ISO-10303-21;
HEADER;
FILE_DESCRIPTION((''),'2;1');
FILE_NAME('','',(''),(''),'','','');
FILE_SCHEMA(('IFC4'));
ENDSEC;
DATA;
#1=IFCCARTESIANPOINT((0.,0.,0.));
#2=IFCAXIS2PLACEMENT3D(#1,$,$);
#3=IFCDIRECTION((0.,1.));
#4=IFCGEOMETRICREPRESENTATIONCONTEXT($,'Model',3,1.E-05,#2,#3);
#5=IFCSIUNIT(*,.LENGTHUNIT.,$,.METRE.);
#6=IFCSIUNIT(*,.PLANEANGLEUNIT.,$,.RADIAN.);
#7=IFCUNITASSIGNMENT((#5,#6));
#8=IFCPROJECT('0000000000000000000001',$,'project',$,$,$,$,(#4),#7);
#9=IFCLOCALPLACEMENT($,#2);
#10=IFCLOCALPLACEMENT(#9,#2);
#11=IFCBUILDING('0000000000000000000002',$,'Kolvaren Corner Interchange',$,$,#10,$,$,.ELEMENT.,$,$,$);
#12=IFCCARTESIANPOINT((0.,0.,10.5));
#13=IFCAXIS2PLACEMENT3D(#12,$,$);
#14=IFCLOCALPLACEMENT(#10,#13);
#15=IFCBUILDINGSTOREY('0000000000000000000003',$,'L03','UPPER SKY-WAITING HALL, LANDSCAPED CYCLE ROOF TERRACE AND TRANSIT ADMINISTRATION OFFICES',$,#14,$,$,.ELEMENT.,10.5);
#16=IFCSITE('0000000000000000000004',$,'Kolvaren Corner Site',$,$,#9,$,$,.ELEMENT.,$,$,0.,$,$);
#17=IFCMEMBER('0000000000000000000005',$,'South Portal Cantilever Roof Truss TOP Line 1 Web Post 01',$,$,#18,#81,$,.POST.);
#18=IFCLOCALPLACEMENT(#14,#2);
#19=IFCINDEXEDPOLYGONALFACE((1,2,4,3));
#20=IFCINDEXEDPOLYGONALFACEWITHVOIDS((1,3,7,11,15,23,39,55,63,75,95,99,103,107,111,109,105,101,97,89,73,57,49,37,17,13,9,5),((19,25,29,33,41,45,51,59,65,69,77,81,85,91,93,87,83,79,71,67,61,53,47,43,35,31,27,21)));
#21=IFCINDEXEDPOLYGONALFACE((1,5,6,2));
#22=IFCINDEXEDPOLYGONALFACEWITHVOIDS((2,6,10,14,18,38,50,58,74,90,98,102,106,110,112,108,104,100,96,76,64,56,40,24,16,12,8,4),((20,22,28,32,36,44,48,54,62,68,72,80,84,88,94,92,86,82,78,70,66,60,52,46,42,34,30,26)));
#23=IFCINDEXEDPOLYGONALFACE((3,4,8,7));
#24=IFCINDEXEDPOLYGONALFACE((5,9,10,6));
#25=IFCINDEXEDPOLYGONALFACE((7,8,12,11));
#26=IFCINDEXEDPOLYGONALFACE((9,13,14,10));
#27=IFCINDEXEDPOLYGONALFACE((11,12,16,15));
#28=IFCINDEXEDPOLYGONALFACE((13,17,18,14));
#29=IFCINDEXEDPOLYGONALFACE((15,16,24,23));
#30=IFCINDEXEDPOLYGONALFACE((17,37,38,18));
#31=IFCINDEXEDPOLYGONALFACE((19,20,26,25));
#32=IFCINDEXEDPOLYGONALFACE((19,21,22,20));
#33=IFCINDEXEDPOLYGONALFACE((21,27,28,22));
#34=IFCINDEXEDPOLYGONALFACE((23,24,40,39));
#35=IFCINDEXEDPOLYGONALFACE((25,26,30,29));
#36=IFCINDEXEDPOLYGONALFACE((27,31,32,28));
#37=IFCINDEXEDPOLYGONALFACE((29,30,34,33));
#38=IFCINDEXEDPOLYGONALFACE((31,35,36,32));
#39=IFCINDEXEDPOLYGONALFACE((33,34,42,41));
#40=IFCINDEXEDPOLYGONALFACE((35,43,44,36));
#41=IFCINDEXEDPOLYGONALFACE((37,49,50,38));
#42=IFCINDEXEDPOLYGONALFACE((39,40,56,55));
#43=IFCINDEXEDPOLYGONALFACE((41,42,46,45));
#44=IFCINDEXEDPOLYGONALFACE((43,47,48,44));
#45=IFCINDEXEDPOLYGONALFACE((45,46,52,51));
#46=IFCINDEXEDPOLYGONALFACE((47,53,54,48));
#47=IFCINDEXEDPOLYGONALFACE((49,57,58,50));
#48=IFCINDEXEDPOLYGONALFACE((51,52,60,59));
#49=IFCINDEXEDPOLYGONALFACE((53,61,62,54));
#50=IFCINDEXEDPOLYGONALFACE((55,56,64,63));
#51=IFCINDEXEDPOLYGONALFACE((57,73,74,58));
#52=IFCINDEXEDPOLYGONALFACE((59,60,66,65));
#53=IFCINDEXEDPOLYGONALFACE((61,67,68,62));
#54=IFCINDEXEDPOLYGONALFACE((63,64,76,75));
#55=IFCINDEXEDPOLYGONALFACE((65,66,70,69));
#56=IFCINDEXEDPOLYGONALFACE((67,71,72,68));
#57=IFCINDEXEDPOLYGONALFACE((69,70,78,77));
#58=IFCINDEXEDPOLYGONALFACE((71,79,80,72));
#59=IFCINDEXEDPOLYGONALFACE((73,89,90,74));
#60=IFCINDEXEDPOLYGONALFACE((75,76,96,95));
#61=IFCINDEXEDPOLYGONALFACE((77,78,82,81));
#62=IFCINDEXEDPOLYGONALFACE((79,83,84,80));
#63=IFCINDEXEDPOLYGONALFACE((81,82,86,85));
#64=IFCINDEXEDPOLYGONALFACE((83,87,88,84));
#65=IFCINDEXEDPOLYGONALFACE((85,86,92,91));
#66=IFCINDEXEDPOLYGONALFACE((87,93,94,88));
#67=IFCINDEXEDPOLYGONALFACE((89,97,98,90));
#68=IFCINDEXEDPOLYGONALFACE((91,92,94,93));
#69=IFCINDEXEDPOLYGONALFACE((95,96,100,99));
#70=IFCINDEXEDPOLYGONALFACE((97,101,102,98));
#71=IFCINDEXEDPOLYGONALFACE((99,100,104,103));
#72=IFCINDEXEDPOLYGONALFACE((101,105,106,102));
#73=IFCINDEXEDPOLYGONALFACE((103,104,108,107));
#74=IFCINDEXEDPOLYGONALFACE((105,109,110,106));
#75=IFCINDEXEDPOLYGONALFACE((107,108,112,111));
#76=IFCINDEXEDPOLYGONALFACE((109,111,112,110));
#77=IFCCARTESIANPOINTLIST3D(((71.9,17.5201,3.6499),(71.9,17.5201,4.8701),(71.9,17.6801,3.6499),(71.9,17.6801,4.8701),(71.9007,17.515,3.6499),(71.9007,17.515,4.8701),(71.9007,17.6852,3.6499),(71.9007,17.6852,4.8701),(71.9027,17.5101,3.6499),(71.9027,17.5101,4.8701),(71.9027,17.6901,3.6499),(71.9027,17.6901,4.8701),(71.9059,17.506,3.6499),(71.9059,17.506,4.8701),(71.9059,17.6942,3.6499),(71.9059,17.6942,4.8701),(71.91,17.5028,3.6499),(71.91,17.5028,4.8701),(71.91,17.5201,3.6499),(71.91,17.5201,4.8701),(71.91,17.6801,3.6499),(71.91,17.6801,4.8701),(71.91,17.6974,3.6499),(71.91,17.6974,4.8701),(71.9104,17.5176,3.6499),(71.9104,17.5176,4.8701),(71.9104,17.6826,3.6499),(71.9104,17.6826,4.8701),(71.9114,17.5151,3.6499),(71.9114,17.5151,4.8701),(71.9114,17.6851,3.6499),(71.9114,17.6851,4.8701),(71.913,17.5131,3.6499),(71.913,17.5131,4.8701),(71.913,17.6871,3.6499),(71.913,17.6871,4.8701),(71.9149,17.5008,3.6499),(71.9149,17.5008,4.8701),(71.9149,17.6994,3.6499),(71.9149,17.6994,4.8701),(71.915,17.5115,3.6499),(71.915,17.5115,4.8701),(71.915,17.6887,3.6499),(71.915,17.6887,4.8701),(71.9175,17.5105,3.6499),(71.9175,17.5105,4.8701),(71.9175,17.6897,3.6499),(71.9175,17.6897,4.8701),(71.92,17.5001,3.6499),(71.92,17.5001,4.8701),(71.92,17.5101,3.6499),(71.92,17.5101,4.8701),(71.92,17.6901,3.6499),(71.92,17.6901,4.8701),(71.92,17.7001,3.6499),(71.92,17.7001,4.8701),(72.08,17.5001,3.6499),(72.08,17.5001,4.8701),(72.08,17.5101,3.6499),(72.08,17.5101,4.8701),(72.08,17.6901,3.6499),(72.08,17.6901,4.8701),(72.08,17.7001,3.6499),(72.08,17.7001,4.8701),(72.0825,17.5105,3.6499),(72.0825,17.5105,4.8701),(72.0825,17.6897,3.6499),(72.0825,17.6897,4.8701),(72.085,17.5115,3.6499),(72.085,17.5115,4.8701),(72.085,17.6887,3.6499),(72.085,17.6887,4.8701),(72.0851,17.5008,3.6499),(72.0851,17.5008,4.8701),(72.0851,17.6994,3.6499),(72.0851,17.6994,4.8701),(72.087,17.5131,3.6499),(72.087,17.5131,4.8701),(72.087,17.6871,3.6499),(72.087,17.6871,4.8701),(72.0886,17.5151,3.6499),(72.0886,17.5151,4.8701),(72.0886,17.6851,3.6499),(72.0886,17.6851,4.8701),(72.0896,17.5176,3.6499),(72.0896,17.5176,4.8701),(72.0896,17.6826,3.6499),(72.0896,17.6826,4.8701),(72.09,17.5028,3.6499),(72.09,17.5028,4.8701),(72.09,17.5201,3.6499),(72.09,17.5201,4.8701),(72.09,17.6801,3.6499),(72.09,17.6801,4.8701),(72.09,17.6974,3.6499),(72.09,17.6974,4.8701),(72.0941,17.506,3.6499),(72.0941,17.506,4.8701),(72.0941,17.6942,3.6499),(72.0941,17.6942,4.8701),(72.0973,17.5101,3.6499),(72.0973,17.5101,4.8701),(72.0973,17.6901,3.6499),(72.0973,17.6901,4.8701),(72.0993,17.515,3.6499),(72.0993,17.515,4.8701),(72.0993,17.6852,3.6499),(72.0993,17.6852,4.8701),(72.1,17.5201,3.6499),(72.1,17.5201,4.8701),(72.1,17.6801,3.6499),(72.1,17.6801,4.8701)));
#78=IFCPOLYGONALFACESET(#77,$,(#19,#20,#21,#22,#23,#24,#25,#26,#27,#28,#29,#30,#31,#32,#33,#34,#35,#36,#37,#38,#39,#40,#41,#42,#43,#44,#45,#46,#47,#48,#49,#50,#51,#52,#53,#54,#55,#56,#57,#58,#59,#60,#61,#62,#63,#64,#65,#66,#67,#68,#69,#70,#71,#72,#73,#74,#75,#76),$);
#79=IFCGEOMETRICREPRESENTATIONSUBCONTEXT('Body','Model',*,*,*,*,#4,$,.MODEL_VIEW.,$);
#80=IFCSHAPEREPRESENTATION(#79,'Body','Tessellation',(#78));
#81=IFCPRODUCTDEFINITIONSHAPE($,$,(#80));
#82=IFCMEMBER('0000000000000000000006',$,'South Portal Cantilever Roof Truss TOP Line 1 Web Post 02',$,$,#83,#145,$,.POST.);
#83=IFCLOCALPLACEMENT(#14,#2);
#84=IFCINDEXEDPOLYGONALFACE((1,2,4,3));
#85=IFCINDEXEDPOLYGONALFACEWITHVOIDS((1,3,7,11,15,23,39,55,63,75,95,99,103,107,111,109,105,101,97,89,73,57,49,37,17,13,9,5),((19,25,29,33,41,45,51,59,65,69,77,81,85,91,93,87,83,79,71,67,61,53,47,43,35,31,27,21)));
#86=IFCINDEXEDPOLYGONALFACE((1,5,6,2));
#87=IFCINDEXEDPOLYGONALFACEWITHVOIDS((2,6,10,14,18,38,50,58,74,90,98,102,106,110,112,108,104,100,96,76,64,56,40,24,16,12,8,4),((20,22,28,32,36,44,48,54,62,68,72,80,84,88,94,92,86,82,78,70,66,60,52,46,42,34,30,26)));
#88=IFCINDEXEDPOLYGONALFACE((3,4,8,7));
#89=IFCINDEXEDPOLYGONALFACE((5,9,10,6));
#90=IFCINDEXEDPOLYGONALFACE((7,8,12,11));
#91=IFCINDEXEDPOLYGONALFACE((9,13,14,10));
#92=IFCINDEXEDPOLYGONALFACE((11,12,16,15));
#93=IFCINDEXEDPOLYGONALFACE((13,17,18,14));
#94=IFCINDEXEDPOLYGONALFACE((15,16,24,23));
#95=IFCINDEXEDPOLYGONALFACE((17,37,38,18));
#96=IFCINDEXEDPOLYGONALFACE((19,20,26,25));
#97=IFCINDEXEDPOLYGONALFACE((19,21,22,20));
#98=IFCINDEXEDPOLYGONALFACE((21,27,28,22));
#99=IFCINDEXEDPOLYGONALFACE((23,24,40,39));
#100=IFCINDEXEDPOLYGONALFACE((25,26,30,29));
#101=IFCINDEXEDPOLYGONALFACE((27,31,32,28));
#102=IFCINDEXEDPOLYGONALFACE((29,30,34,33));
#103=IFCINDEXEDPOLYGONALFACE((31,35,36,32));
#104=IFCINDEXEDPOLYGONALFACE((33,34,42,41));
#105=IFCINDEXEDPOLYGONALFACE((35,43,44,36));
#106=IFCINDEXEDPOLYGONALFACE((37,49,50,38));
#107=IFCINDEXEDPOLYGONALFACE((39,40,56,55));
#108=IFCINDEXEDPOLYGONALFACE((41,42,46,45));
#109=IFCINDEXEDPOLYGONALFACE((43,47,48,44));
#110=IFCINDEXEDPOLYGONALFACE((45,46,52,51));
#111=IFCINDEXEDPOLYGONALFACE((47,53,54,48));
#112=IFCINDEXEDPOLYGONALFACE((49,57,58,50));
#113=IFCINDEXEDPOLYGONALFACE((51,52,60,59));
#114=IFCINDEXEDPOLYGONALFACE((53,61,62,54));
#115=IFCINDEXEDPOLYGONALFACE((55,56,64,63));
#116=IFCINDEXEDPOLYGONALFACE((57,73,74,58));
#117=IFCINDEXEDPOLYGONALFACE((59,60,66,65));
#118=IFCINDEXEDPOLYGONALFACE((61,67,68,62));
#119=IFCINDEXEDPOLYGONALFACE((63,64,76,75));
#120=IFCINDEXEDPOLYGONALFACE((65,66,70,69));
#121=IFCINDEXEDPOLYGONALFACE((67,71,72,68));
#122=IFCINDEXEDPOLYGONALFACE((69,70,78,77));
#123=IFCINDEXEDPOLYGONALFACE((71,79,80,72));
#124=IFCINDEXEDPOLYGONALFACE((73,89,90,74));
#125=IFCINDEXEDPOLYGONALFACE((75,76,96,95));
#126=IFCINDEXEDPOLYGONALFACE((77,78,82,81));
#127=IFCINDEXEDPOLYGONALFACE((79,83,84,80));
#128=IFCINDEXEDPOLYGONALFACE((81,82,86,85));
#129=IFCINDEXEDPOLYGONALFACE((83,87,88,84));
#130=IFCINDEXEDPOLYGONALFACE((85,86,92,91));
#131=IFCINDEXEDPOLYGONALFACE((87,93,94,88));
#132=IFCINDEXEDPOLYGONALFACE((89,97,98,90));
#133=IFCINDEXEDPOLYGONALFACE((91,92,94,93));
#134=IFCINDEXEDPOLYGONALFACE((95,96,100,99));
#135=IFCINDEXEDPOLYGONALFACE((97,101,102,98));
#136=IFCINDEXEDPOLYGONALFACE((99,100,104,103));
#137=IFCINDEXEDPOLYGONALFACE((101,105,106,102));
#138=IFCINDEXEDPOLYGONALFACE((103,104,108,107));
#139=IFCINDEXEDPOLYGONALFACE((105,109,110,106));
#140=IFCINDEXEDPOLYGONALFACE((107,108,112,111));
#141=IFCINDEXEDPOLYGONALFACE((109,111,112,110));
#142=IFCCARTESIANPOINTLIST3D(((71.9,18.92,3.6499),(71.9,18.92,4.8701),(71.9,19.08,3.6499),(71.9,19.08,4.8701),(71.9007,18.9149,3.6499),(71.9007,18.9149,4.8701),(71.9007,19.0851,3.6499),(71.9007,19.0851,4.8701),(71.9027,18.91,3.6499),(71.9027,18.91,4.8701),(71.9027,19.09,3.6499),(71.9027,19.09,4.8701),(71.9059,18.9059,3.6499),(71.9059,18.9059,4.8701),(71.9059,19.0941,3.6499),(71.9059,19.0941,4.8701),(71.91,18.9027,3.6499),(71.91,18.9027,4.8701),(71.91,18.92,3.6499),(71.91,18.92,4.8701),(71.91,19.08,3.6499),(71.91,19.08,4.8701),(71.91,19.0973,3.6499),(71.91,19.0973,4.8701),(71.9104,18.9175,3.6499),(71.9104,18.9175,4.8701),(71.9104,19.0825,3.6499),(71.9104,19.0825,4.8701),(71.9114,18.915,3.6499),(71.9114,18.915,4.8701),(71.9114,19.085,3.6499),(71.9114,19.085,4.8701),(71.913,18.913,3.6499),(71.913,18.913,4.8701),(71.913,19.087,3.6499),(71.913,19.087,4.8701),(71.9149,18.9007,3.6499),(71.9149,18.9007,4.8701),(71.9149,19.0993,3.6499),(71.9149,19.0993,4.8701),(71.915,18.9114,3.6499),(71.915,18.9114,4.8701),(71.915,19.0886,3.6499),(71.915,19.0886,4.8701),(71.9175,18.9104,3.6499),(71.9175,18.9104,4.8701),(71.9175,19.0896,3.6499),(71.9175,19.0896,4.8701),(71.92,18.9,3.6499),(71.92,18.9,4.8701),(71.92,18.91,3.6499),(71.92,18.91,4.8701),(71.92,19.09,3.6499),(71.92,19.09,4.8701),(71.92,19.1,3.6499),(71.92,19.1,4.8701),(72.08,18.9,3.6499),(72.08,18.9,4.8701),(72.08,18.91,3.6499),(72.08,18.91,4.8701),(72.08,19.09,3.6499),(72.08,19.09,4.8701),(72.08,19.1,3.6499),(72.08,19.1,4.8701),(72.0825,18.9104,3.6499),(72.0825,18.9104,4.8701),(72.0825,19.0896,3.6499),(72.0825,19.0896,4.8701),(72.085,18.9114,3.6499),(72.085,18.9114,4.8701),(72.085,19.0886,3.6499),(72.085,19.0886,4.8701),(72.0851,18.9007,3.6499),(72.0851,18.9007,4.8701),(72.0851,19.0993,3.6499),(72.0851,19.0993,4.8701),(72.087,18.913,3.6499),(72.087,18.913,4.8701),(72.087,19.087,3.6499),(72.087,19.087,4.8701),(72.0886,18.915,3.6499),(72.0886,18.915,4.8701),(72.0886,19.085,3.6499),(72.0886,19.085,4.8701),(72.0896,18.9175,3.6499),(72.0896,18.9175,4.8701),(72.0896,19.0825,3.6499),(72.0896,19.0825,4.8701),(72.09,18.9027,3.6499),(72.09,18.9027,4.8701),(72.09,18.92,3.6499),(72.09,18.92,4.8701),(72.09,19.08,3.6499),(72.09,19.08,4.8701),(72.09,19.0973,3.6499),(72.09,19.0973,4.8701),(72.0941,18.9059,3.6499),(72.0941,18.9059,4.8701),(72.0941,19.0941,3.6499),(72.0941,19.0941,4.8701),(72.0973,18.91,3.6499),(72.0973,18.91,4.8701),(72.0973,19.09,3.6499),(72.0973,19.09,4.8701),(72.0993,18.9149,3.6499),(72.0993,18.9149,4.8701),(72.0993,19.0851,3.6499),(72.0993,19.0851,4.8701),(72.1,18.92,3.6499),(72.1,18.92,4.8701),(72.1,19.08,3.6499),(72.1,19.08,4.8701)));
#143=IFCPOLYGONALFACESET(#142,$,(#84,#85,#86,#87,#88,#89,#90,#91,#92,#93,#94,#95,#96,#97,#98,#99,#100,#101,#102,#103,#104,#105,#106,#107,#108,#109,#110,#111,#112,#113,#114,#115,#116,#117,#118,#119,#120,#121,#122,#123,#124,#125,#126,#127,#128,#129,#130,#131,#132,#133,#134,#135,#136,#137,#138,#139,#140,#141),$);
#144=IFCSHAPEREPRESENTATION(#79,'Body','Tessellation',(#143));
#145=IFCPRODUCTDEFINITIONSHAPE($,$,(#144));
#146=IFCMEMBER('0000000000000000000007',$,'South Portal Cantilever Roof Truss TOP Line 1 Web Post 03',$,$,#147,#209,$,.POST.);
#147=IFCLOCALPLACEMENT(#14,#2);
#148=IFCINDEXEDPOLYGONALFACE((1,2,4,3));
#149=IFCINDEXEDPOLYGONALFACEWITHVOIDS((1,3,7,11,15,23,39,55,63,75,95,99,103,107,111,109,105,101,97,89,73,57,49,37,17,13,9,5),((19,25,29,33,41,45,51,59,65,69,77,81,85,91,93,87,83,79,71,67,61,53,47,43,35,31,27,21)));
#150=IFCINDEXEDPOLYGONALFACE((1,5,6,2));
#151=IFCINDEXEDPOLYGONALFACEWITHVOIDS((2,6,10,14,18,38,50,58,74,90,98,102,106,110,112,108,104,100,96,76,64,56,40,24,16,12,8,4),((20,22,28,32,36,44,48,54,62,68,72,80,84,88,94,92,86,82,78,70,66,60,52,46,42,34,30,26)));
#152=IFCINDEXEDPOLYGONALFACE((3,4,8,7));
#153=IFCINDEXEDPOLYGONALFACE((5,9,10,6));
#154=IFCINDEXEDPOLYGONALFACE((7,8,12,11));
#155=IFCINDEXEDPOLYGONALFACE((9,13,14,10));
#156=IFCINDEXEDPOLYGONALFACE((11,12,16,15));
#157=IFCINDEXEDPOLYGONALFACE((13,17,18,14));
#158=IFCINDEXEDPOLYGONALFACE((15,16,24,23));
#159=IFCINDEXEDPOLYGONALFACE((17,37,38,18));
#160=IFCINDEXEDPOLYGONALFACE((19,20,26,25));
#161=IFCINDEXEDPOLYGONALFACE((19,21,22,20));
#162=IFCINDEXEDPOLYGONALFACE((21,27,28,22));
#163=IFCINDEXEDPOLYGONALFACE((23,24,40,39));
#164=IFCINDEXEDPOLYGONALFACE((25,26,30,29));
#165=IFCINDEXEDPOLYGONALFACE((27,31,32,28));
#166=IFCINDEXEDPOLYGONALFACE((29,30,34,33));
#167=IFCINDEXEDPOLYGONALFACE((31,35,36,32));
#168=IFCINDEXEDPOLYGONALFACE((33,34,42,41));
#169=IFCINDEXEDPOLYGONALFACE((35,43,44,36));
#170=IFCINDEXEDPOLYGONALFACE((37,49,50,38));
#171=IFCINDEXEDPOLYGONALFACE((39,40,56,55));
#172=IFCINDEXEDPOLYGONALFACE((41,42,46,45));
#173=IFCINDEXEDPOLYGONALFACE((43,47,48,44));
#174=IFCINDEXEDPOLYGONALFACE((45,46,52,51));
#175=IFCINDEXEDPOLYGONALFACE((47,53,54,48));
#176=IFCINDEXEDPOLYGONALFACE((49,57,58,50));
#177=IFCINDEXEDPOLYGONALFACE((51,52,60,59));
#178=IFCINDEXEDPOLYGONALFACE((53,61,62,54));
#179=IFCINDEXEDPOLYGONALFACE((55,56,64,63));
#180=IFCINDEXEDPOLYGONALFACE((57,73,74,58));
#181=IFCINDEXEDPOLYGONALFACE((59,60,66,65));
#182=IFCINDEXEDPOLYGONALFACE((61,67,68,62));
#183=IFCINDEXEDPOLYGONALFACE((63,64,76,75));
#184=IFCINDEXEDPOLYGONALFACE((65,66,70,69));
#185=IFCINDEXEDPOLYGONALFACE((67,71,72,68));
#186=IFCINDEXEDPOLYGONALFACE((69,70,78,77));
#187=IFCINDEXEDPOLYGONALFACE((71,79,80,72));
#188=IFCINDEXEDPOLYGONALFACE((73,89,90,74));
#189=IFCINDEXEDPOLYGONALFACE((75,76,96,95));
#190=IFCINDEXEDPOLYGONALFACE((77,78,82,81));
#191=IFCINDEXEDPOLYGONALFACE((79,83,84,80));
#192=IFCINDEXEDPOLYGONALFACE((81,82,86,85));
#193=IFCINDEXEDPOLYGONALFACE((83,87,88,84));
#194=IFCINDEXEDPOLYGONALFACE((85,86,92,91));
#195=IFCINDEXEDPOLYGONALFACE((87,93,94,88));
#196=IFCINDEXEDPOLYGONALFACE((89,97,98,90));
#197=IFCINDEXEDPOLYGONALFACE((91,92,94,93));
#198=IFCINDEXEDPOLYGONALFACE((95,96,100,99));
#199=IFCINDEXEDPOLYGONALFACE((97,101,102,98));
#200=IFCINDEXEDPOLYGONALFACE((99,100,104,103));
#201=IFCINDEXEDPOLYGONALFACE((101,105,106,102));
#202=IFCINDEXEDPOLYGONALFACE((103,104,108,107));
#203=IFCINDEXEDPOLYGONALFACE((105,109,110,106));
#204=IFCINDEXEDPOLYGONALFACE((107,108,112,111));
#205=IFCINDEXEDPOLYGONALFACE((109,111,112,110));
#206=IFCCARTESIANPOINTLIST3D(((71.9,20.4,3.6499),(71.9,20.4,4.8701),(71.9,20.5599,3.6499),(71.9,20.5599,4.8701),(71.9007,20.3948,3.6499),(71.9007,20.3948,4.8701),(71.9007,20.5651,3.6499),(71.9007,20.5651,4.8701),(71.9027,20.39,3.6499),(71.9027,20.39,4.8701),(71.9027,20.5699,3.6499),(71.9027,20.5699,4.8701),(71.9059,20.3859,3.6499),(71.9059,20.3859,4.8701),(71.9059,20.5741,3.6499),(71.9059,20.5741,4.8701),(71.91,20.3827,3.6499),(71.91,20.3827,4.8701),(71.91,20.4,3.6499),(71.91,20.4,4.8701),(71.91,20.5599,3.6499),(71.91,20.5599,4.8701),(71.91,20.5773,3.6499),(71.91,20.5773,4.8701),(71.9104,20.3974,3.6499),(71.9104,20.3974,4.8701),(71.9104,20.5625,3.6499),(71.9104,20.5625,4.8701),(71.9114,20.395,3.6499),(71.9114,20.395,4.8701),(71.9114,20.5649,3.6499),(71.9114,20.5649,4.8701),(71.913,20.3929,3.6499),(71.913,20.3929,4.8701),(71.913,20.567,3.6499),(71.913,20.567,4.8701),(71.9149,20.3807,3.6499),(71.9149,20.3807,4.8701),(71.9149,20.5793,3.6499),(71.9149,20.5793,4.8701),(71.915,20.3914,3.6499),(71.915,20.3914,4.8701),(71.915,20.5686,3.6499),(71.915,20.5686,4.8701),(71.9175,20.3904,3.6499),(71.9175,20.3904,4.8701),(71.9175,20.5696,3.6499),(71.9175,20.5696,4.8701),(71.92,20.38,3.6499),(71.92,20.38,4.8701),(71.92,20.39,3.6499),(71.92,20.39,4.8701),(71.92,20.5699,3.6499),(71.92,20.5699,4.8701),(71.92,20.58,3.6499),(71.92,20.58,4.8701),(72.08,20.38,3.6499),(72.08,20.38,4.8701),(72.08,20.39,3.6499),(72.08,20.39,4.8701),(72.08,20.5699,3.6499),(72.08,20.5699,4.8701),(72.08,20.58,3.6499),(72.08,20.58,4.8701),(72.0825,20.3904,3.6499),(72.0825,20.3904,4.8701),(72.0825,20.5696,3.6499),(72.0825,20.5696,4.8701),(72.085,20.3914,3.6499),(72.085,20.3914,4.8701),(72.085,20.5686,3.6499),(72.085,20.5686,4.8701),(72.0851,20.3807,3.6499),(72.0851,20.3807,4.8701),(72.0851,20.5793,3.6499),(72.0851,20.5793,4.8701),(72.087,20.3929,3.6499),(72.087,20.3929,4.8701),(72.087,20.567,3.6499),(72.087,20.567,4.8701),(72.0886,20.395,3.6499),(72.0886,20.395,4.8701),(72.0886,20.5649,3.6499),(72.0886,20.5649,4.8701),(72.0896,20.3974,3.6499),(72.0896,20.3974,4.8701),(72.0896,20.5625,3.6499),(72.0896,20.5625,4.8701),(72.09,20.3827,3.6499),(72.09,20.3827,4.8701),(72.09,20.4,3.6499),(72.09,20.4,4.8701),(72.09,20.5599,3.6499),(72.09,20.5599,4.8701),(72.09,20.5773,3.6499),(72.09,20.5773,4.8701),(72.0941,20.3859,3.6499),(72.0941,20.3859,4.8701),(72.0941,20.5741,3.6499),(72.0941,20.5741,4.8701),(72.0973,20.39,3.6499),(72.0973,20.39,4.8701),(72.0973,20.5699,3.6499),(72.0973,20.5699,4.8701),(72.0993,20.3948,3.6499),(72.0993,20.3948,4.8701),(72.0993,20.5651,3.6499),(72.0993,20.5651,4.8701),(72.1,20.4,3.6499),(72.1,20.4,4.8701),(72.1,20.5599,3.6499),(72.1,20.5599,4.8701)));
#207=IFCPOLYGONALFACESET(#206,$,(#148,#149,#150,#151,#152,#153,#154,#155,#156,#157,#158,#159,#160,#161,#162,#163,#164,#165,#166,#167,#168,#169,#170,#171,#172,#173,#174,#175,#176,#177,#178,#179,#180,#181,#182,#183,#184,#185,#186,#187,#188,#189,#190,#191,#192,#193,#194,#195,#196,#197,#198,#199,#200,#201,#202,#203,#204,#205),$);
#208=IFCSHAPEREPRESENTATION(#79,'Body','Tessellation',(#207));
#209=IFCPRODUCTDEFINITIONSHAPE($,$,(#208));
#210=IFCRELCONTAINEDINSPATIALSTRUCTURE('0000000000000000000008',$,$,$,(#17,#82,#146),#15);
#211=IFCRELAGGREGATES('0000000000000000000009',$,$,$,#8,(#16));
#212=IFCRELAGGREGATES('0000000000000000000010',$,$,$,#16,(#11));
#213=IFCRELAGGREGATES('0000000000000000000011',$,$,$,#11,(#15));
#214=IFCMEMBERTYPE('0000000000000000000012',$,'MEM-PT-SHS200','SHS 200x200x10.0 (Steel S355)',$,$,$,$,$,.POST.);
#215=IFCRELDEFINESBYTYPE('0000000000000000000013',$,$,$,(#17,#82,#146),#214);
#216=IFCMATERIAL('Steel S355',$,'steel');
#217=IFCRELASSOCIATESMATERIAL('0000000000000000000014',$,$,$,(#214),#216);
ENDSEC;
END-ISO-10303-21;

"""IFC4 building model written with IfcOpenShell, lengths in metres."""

from ifc_helpers import new_model, si_unit, direction, frame, origin, origin_2d, place, context, subcontext, project, spatial, hollow_rectangle, extrude, material, material_profile, profile_set, type_object, element, save


model = new_model("IFC4")

# Units and contexts
model_context = context("Model", 3, precision=1e-05, world=origin(), true_north=direction((0.0, 1.0)))
body_context = subcontext(model_context, "Body", "Model", "MODEL_VIEW")
ifc_project = project(units=[si_unit("LENGTHUNIT", "METRE"), si_unit("PLANEANGLEUNIT", "RADIAN")], contexts=[model_context])

# Site, building, storey
site_placement = place(None, origin())
site = spatial("IfcSite", under=ifc_project, at=site_placement, Name="Kolvaren Corner Site", CompositionType="ELEMENT", RefElevation=0.0)
building_placement = place(site_placement, origin())
building = spatial("IfcBuilding", under=site, at=building_placement, Name="Kolvaren Corner Interchange", CompositionType="ELEMENT")
storey_placement = place(building_placement, frame((0.0, 0.0, 10.5)))
storey = spatial("IfcBuildingStorey", under=building, at=storey_placement, Name="L03", Description="UPPER SKY-WAITING HALL, LANDSCAPED CYCLE ROOF TERRACE AND TRANSIT ADMINISTRATION OFFICES", CompositionType="ELEMENT", Elevation=10.5)

# Members
ifc_material_1 = material(Name="Steel S355", Category="steel")
ifc_material_profile_1 = material_profile(ifc_material_1, hollow_rectangle(XDim=0.2, YDim=0.2, WallThickness=0.01, InnerFilletRadius=0.01, OuterFilletRadius=0.02, at=origin_2d()), Name="SHS 200x200x10.0")
ifc_profile_set_1 = profile_set([ifc_material_profile_1], Name="Steel S355")
member_type_1 = type_object("IfcMemberType", Name="MEM-PT-SHS200", Description="SHS 200x200x10.0 (Steel S355)", PredefinedType="POST", material=ifc_profile_set_1)
for number, where, z_axis, x_axis, name in (
    (1, (72.0, 17.6001, 3.6499), (0.0, 0.0, 1.0), (1.0, 0.0, 0.0), "South Portal Cantilever Roof Truss TOP Line 1 Web Post 01"),
    (2, (72.0, 19.0, 3.6499), (0.0, 0.0, 1.0), (1.0, 0.0, 0.0), "South Portal Cantilever Roof Truss TOP Line 1 Web Post 02"),
    (3, (72.0, 20.48, 3.6499), (0.0, 0.0, 1.0), (1.0, 0.0, 0.0), "South Portal Cantilever Roof Truss TOP Line 1 Web Post 03"),
):
    element("IfcMember", number, at=place(storey_placement, frame(where, z_axis=z_axis, x_axis=x_axis)), inside=storey, type_object=member_type_1, Name=name, PredefinedType="POST", context=body_context, shape_type="SweptSolid", body=[
        extrude(hollow_rectangle(XDim=0.2, YDim=0.2, WallThickness=0.01, InnerFilletRadius=0.01, OuterFilletRadius=0.02, at=origin_2d()), origin(), (0.0, 0.0, 1.0), 1.2202),
    ])

save(model, "model.ifc")
